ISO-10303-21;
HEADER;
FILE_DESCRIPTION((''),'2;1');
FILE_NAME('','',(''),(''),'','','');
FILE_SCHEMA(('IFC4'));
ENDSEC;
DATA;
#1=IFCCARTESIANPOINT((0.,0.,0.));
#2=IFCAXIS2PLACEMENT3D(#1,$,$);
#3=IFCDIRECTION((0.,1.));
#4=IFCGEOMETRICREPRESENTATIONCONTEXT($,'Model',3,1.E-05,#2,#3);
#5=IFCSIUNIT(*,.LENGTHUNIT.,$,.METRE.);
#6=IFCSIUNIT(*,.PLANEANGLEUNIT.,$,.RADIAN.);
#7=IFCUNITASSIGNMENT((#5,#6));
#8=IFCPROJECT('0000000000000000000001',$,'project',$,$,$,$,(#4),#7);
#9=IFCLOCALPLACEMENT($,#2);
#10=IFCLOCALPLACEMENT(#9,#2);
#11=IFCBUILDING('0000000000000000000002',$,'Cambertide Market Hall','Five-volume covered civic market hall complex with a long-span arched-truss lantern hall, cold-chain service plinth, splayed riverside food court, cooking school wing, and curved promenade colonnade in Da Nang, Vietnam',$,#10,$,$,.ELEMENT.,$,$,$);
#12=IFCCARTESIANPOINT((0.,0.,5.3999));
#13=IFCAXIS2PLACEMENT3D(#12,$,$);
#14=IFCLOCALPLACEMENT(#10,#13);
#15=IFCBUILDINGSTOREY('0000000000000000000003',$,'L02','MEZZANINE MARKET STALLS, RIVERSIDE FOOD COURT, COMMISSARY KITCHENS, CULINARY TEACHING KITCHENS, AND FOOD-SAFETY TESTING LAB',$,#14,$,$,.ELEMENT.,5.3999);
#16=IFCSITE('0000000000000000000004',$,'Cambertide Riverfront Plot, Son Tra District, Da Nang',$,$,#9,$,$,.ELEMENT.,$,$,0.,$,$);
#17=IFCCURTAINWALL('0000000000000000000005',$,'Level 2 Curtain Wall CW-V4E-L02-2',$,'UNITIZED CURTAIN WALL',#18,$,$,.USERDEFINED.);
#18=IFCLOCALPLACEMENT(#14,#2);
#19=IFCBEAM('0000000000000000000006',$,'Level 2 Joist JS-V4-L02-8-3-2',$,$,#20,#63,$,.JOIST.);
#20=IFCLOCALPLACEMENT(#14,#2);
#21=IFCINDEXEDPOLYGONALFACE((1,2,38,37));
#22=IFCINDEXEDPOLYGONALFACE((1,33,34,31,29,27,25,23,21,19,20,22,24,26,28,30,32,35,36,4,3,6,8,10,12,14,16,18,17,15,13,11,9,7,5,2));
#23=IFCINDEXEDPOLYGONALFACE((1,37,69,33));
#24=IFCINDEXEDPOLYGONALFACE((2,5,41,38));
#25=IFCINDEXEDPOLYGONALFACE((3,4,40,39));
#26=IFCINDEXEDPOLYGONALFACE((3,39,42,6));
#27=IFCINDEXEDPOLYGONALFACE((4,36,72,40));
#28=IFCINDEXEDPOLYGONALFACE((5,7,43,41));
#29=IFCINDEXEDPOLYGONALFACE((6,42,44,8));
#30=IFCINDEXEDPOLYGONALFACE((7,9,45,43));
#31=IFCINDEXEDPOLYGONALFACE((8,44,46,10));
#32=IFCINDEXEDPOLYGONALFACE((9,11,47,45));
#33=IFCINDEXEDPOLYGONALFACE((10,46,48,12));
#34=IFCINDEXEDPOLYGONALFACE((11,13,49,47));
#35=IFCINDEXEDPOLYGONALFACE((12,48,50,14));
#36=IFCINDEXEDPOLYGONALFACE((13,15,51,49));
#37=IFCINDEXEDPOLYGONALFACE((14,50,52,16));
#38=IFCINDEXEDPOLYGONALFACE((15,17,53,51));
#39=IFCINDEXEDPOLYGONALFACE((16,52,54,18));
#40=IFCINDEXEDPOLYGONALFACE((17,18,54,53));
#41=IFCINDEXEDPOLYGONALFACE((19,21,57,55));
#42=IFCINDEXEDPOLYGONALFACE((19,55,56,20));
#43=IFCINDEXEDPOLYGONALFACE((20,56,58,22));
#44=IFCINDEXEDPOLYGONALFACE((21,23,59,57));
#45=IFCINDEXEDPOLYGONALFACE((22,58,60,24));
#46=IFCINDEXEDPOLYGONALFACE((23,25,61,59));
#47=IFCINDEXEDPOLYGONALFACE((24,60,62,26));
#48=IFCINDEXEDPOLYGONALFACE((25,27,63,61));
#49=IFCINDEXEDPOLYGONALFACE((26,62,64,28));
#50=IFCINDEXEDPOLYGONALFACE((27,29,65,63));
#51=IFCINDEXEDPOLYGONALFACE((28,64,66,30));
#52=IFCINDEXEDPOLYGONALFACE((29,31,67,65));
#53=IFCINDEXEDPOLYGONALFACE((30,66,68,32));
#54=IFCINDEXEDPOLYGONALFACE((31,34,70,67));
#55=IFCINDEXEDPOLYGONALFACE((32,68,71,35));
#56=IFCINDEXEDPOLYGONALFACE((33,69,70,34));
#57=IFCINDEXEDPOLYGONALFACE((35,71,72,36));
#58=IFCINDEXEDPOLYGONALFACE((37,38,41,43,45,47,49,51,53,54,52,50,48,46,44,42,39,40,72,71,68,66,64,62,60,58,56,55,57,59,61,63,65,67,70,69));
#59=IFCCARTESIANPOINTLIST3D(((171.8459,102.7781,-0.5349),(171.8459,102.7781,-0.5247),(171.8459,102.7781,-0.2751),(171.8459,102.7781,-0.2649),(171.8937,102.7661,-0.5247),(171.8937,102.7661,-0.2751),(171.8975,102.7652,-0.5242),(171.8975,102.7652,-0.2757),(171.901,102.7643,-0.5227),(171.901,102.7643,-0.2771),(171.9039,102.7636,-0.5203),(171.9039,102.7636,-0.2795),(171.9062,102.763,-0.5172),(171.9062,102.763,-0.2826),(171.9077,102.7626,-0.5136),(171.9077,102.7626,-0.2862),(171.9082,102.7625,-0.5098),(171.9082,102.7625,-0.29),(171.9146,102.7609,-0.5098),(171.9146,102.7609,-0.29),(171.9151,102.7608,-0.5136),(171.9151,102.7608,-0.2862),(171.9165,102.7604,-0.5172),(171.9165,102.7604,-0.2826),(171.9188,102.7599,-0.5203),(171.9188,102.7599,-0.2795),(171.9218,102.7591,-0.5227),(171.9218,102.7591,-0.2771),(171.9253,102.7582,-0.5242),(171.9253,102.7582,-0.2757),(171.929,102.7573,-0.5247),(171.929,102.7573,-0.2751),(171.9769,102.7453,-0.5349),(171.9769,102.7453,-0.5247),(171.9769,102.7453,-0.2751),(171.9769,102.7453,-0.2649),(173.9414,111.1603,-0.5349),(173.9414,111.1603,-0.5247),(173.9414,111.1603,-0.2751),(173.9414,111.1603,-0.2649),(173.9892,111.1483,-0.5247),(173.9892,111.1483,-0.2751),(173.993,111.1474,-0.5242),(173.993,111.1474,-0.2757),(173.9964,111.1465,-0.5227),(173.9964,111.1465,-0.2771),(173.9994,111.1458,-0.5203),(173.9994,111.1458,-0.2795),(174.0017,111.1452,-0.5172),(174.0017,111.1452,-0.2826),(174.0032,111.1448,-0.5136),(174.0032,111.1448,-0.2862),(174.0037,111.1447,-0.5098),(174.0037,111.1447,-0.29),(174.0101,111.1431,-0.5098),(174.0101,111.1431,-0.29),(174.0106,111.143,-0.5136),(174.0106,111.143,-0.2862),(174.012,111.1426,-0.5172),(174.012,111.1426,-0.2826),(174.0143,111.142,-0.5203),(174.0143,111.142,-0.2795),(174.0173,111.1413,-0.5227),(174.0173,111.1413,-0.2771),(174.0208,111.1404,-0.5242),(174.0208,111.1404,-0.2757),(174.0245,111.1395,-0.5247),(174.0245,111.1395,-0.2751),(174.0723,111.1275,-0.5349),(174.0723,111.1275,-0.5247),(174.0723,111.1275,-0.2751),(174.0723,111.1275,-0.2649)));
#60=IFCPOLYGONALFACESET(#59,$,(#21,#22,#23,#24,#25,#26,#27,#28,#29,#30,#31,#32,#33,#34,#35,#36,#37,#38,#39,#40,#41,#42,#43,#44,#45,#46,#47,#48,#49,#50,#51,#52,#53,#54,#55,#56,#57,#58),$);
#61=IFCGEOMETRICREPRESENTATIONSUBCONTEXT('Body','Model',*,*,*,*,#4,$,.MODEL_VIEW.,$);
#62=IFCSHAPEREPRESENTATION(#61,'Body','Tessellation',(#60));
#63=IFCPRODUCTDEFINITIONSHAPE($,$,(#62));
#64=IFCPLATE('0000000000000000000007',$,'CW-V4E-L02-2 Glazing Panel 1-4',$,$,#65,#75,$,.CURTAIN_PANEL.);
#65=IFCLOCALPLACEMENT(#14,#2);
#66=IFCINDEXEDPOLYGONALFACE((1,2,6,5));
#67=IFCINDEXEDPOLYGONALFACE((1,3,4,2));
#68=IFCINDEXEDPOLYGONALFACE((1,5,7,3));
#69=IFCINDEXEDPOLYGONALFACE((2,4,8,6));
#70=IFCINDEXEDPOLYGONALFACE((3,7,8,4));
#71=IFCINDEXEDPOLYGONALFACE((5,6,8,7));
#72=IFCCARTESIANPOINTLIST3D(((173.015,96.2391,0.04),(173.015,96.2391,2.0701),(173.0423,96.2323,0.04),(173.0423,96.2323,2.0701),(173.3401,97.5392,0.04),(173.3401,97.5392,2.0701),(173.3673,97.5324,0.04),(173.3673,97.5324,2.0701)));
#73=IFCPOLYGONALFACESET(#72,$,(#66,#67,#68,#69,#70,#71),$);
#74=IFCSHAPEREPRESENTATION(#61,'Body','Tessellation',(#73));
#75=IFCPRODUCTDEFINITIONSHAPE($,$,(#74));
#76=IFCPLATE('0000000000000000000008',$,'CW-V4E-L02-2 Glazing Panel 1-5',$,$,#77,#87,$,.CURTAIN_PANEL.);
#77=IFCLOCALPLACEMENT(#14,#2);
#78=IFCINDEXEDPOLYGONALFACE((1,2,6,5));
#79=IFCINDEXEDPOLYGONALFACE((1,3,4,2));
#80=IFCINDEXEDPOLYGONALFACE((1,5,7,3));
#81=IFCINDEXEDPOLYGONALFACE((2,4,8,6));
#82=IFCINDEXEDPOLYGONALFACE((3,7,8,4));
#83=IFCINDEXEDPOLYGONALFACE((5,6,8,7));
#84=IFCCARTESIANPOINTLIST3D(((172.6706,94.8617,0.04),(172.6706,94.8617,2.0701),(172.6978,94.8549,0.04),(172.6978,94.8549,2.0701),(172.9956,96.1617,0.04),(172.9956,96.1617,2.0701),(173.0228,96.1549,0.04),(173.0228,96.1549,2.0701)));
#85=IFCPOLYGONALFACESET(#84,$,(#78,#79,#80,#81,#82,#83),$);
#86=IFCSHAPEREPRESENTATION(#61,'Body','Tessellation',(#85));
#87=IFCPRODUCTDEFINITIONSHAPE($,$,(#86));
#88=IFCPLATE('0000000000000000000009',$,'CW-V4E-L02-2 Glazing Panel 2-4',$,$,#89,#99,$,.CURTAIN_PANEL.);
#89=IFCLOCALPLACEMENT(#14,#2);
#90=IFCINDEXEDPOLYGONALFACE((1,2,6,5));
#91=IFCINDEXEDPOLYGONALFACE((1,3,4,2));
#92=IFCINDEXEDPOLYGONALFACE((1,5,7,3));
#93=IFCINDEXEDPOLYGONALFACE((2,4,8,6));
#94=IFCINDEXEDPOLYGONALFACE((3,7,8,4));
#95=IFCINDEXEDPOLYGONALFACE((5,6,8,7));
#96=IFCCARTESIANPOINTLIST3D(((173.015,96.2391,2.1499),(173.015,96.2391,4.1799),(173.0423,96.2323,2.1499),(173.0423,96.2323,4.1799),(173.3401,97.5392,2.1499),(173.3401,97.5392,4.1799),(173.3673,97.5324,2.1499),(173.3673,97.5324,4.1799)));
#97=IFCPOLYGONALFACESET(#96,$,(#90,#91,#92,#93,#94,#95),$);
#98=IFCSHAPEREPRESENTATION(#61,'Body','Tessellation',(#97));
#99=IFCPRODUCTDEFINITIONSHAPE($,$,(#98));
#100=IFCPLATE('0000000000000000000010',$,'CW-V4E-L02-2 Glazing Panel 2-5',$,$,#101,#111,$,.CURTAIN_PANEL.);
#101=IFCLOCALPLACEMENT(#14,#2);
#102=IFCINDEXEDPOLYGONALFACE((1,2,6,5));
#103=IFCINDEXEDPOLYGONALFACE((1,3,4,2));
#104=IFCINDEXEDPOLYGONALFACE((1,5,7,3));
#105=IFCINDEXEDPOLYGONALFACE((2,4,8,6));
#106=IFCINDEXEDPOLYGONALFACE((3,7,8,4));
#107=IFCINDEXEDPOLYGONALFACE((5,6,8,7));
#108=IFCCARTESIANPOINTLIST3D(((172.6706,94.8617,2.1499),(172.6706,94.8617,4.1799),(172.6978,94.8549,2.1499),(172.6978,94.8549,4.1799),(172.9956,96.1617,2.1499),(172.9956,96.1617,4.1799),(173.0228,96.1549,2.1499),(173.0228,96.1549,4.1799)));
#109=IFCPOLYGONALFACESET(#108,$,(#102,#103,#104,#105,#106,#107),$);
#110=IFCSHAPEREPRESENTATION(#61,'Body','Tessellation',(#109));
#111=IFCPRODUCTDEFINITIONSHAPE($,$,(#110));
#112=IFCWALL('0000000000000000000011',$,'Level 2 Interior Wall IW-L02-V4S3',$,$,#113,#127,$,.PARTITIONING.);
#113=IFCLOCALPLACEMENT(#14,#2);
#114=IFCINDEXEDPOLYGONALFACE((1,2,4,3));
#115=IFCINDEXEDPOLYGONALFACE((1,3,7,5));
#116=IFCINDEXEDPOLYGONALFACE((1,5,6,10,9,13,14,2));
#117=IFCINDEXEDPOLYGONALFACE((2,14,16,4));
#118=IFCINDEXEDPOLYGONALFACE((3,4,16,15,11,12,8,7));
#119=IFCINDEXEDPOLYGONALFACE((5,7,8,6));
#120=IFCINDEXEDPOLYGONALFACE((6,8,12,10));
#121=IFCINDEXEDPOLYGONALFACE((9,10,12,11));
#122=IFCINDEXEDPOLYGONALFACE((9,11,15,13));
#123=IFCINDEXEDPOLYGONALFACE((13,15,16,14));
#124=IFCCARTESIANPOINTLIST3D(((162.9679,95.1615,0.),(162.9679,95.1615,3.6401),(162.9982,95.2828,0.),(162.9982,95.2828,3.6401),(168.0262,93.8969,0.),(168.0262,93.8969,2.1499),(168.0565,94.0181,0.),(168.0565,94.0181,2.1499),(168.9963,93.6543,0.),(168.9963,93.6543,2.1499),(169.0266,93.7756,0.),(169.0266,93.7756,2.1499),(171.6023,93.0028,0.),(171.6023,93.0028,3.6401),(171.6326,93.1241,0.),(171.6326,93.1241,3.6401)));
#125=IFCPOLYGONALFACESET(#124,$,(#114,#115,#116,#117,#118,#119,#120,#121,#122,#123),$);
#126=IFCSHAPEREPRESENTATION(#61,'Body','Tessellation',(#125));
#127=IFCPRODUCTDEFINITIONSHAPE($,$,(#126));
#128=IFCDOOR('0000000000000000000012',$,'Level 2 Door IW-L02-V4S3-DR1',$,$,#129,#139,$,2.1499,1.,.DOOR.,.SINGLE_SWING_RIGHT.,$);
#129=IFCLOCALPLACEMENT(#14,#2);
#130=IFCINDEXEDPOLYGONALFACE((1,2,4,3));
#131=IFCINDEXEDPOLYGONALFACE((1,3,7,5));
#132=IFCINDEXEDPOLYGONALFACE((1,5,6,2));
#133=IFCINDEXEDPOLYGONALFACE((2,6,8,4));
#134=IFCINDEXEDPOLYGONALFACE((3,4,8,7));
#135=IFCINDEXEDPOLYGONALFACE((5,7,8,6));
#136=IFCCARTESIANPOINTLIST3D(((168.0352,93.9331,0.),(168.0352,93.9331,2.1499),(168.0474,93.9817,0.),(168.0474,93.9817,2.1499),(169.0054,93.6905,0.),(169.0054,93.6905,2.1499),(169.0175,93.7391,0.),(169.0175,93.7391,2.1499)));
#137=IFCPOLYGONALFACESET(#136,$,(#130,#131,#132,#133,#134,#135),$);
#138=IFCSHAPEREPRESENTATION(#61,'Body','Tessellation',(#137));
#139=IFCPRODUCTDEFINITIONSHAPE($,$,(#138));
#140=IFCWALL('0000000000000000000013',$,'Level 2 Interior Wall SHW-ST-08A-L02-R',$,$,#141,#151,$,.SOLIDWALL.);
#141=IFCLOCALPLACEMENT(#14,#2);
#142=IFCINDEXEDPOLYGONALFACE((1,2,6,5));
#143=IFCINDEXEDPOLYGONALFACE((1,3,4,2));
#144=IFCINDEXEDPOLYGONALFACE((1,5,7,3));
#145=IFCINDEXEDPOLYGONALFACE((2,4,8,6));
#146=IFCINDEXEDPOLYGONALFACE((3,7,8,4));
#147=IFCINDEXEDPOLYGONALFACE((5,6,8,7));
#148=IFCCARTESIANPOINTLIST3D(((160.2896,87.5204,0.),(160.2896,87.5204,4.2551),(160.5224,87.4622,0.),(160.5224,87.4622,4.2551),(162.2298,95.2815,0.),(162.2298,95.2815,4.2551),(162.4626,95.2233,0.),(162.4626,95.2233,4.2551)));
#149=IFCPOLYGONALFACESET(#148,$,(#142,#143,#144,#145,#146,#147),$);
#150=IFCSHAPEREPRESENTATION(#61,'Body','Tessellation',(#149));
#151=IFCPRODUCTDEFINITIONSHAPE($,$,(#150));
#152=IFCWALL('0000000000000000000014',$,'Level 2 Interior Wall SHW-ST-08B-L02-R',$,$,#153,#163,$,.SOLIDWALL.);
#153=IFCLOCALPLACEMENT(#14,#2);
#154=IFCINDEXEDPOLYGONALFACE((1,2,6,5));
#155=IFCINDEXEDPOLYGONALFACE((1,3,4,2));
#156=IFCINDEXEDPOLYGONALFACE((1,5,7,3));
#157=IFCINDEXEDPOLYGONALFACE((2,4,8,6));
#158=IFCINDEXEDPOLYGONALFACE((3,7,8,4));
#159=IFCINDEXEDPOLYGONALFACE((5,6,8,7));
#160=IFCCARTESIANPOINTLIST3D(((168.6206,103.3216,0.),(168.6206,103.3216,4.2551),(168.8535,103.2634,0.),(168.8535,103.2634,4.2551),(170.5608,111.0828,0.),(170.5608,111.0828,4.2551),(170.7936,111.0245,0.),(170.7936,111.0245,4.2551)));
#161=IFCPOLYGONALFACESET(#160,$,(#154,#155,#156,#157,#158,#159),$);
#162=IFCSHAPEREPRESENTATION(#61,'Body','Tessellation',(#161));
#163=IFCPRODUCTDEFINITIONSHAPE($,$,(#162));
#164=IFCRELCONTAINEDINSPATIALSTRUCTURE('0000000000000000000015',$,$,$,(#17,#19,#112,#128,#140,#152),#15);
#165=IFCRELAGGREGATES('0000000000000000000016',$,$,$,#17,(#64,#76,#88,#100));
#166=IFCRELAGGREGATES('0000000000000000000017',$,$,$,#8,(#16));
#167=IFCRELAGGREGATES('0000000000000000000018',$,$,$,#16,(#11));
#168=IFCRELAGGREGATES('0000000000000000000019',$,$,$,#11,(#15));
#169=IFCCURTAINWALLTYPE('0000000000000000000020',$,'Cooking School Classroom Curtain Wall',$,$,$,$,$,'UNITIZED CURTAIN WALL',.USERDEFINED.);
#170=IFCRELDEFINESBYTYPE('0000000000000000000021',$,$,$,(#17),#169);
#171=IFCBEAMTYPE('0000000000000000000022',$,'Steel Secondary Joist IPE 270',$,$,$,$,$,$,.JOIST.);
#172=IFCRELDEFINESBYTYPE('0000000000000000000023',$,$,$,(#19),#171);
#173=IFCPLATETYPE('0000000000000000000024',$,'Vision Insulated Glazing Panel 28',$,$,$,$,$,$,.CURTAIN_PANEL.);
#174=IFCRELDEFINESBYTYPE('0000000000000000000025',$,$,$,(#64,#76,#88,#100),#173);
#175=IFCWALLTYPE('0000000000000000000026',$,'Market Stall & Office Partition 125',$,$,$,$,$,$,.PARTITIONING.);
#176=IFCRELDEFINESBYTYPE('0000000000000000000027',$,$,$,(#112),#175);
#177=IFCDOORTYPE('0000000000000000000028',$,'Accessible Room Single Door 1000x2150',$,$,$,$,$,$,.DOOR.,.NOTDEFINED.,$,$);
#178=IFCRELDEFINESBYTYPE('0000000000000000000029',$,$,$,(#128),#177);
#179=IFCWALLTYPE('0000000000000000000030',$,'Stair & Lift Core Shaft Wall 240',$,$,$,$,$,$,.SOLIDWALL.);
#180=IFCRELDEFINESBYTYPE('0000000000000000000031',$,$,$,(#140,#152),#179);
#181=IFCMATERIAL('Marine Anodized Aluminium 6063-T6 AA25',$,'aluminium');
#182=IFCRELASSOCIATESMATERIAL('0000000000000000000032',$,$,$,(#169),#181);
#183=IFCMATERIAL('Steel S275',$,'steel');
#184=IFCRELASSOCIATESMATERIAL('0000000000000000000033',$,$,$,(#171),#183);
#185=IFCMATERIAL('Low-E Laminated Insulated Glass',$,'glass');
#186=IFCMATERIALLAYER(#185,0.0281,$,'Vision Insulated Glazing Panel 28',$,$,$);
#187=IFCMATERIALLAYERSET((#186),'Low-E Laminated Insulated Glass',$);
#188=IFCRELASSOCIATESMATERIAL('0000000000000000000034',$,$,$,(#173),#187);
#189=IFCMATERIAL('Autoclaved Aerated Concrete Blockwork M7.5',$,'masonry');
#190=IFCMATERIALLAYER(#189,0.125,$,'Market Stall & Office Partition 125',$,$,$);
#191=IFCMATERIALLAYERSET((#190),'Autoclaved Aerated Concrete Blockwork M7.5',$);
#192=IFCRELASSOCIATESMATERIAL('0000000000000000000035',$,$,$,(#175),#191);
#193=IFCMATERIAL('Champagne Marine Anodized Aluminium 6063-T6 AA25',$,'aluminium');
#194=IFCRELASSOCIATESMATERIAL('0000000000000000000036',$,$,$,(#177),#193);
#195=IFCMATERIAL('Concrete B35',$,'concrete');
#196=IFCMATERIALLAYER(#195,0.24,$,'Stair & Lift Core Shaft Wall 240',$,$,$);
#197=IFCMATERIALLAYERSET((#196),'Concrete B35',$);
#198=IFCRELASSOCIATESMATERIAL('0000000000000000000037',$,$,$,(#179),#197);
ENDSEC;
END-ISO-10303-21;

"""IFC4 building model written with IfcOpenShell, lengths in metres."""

from ifc_helpers import new_model, si_unit, direction, frame, frame_2d, origin, origin_2d, place, context, subcontext, project, spatial, rectangle, i_section, extrude, material, layer, layer_set, material_profile, profile_set, type_object, element, fill, aggregate, save


model = new_model("IFC4")

# Units and contexts
model_context = context("Model", 3, precision=1e-05, world=origin(), true_north=direction((0.0, 1.0)))
body_context = subcontext(model_context, "Body", "Model", "MODEL_VIEW")
ifc_project = project(units=[si_unit("LENGTHUNIT", "METRE"), si_unit("PLANEANGLEUNIT", "RADIAN")], contexts=[model_context])

# Site, building, storey
site_placement = place(None, origin())
site = spatial("IfcSite", under=ifc_project, at=site_placement, Name="Cambertide Riverfront Plot, Son Tra District, Da Nang", CompositionType="ELEMENT", RefElevation=0.0)
building_placement = place(site_placement, origin())
building = spatial("IfcBuilding", under=site, at=building_placement, Name="Cambertide Market Hall", Description="Five-volume covered civic market hall complex with a long-span arched-truss lantern hall, cold-chain service plinth, splayed riverside food court, cooking school wing, and curved promenade colonnade in Da Nang, Vietnam", CompositionType="ELEMENT")
storey_placement = place(building_placement, frame((0.0, 0.0, 5.3999)))
storey = spatial("IfcBuildingStorey", under=building, at=storey_placement, Name="L02", Description="MEZZANINE MARKET STALLS, RIVERSIDE FOOD COURT, COMMISSARY KITCHENS, CULINARY TEACHING KITCHENS, AND FOOD-SAFETY TESTING LAB", CompositionType="ELEMENT", Elevation=5.3999)

# Curtain wall
ifc_material_1 = material(Name="Marine Anodized Aluminium 6063-T6 AA25", Category="aluminium")
curtain_wall_type = type_object("IfcCurtainWallType", Name="Cooking School Classroom Curtain Wall", ElementType="UNITIZED CURTAIN WALL", PredefinedType="USERDEFINED", material=ifc_material_1)
curtain_wall_placement = place(storey_placement, origin())
curtain_wall = element("IfcCurtainWall", 1, at=curtain_wall_placement, inside=storey, type_object=curtain_wall_type, Name="Level 2 Curtain Wall CW-V4E-L02-2", ObjectType="UNITIZED CURTAIN WALL", PredefinedType="USERDEFINED")

# Beam
ifc_material_2 = material(Name="Steel S275", Category="steel")
ifc_material_profile_1 = material_profile(ifc_material_2, i_section(OverallWidth=0.135, OverallDepth=0.27, WebThickness=0.0066, FlangeThickness=0.0103, FilletRadius=0.0149, at=origin_2d()), Name="IPE 270")
ifc_profile_set_1 = profile_set([ifc_material_profile_1], Name="Steel S275")
beam_type_1 = type_object("IfcBeamType", Name="Steel Secondary Joist IPE 270", PredefinedType="JOIST", material=ifc_profile_set_1)
beam_1_placement = place(storey_placement, frame((171.9114, 102.7617, -0.3999), z_axis=(0.242529, 0.970144, 0.0), x_axis=(-0.970144, 0.242529, 0.0)))
element("IfcBeam", 2, at=beam_1_placement, inside=storey, type_object=beam_type_1, Name="Level 2 Joist JS-V4-L02-8-3-2", PredefinedType="JOIST", context=body_context, shape_type="SweptSolid", body=[
    extrude(i_section(OverallWidth=0.135, OverallDepth=0.27, WebThickness=0.0066, FlangeThickness=0.0103, FilletRadius=0.0149, at=origin_2d()), origin(), (0.0, 0.0, 1.0), 8.6401),
])

# Plates
ifc_material_3 = material(Name="Low-E Laminated Insulated Glass", Category="glass")
ifc_layer_1 = layer(ifc_material_3, 0.0281, Name="Vision Insulated Glazing Panel 28")
ifc_layer_set_1 = layer_set([ifc_layer_1], Name="Low-E Laminated Insulated Glass")
plate_type = type_object("IfcPlateType", Name="Vision Insulated Glazing Panel 28", PredefinedType="CURTAIN_PANEL", material=ifc_layer_set_1)
plate_1_placement = place(storey_placement, frame((173.1912, 96.8857, 0.04), z_axis=(0.0, 0.0, 1.0), x_axis=(-0.242536, -0.970142, 0.0)))
plate_1 = element("IfcPlate", 3, at=plate_1_placement, type_object=plate_type, Name="CW-V4E-L02-2 Glazing Panel 1-4", PredefinedType="CURTAIN_PANEL", context=body_context, shape_type="SweptSolid", body=[
    extrude(rectangle(XDim=1.3401, YDim=0.0281, at=origin_2d()), origin(), (0.0, 0.0, 1.0), 2.03),
])
plate_2_placement = place(storey_placement, frame((172.8467, 95.5083, 0.04), z_axis=(0.0, 0.0, 1.0), x_axis=(-0.242536, -0.970142, 0.0)))
plate_2 = element("IfcPlate", 4, at=plate_2_placement, type_object=plate_type, Name="CW-V4E-L02-2 Glazing Panel 1-5", PredefinedType="CURTAIN_PANEL", context=body_context, shape_type="SweptSolid", body=[
    extrude(rectangle(XDim=1.3401, YDim=0.0281, at=origin_2d()), origin(), (0.0, 0.0, 1.0), 2.03),
])
plate_3_placement = place(storey_placement, frame((173.1912, 96.8857, 2.1499), z_axis=(0.0, 0.0, 1.0), x_axis=(-0.242536, -0.970142, 0.0)))
plate_3 = element("IfcPlate", 5, at=plate_3_placement, type_object=plate_type, Name="CW-V4E-L02-2 Glazing Panel 2-4", PredefinedType="CURTAIN_PANEL", context=body_context, shape_type="SweptSolid", body=[
    extrude(rectangle(XDim=1.3401, YDim=0.0281, at=origin_2d()), origin(), (0.0, 0.0, 1.0), 2.03),
])
plate_4_placement = place(storey_placement, frame((172.8467, 95.5083, 2.1499), z_axis=(0.0, 0.0, 1.0), x_axis=(-0.242536, -0.970142, 0.0)))
plate_4 = element("IfcPlate", 6, at=plate_4_placement, type_object=plate_type, Name="CW-V4E-L02-2 Glazing Panel 2-5", PredefinedType="CURTAIN_PANEL", context=body_context, shape_type="SweptSolid", body=[
    extrude(rectangle(XDim=1.3401, YDim=0.0281, at=origin_2d()), origin(), (0.0, 0.0, 1.0), 2.03),
])
aggregate(curtain_wall, [plate_1, plate_2, plate_3, plate_4])

# Wall, opening, door
ifc_material_4 = material(Name="Autoclaved Aerated Concrete Blockwork M7.5", Category="masonry")
ifc_layer_2 = layer(ifc_material_4, 0.125, Name="Market Stall & Office Partition 125")
ifc_layer_set_2 = layer_set([ifc_layer_2], Name="Autoclaved Aerated Concrete Blockwork M7.5")
wall_type_1 = type_object("IfcWallType", Name="Market Stall & Office Partition 125", PredefinedType="PARTITIONING", material=ifc_layer_set_2)
wall_1_placement = place(storey_placement, frame((162.9829, 95.2222, 0.0), z_axis=(0.0, 0.0, 1.0), x_axis=(0.970139, -0.242549, 0.0)))
wall_1 = element("IfcWall", 7, at=wall_1_placement, inside=storey, type_object=wall_type_1, Name="Level 2 Interior Wall IW-L02-V4S3", PredefinedType="PARTITIONING", context=body_context, shape_type="SweptSolid", body=[
    extrude(rectangle(XDim=8.9001, YDim=0.125, at=frame_2d((4.4502, 0.0))), origin(), (0.0, 0.0, 1.0), 3.6401),
])
opening_1_placement = place(wall_1_placement, frame((5.2141, 0.0, 0.0)))
opening_1 = element("IfcOpeningElement", 8, at=opening_1_placement, cuts=wall_1, PredefinedType="OPENING", context=body_context, shape_type="SweptSolid", body=[
    extrude(rectangle(XDim=1.0, YDim=2.1499, at=frame_2d((0.5, 1.075))), frame((0.0, 0.0725, 0.0), z_axis=(0.0, -1.0, 0.0), x_axis=(1.0, 0.0, 0.0)), (0.0, 0.0, 1.0), 0.145),
])
ifc_material_5 = material(Name="Champagne Marine Anodized Aluminium 6063-T6 AA25", Category="aluminium")
door_type_1 = type_object("IfcDoorType", Name="Accessible Room Single Door 1000x2150", OperationType="NOTDEFINED", PredefinedType="DOOR", material=ifc_material_5)
door_1_placement = place(opening_1_placement, origin())
door_1 = element("IfcDoor", 9, at=door_1_placement, inside=storey, type_object=door_type_1, Name="Level 2 Door IW-L02-V4S3-DR1", OperationType="SINGLE_SWING_RIGHT", OverallHeight=2.1499, OverallWidth=1.0, PredefinedType="DOOR", context=body_context, shape_type="SweptSolid", body=[
    extrude(rectangle(XDim=1.0, YDim=2.1499, at=frame_2d((0.5, 1.075))), frame((0.0, 0.0249, 0.0), z_axis=(0.0, -1.0, 0.0), x_axis=(1.0, 0.0, 0.0)), (0.0, 0.0, 1.0), 0.05),
])
fill(opening_1, door_1)
ifc_material_6 = material(Name="Concrete B35", Category="concrete")
ifc_layer_3 = layer(ifc_material_6, 0.24, Name="Stair & Lift Core Shaft Wall 240")
ifc_layer_set_3 = layer_set([ifc_layer_3], Name="Concrete B35")
wall_type_2 = type_object("IfcWallType", Name="Stair & Lift Core Shaft Wall 240", PredefinedType="SOLIDWALL", material=ifc_layer_set_3)

# Wall
wall_2_placement = place(storey_placement, frame((162.3462, 95.2524, 0.0), z_axis=(0.0, 0.0, 1.0), x_axis=(-0.242521, -0.970146, 0.0)))
element("IfcWall", 10, at=wall_2_placement, inside=storey, type_object=wall_type_2, Name="Level 2 Interior Wall SHW-ST-08A-L02-R", PredefinedType="SOLIDWALL", context=body_context, shape_type="SweptSolid", body=[
    extrude(rectangle(XDim=8.0, YDim=0.24, at=frame_2d((4.0, 0.0))), origin(), (0.0, 0.0, 1.0), 4.2551),
])

# Wall
wall_3_placement = place(storey_placement, frame((168.7371, 103.2925, 0.0), z_axis=(0.0, 0.0, 1.0), x_axis=(0.242521, 0.970146, 0.0)))
element("IfcWall", 11, at=wall_3_placement, inside=storey, type_object=wall_type_2, Name="Level 2 Interior Wall SHW-ST-08B-L02-R", PredefinedType="SOLIDWALL", context=body_context, shape_type="SweptSolid", body=[
    extrude(rectangle(XDim=8.0, YDim=0.24, at=frame_2d((4.0, 0.0))), origin(), (0.0, 0.0, 1.0), 4.2551),
])

save(model, "model.ifc")
